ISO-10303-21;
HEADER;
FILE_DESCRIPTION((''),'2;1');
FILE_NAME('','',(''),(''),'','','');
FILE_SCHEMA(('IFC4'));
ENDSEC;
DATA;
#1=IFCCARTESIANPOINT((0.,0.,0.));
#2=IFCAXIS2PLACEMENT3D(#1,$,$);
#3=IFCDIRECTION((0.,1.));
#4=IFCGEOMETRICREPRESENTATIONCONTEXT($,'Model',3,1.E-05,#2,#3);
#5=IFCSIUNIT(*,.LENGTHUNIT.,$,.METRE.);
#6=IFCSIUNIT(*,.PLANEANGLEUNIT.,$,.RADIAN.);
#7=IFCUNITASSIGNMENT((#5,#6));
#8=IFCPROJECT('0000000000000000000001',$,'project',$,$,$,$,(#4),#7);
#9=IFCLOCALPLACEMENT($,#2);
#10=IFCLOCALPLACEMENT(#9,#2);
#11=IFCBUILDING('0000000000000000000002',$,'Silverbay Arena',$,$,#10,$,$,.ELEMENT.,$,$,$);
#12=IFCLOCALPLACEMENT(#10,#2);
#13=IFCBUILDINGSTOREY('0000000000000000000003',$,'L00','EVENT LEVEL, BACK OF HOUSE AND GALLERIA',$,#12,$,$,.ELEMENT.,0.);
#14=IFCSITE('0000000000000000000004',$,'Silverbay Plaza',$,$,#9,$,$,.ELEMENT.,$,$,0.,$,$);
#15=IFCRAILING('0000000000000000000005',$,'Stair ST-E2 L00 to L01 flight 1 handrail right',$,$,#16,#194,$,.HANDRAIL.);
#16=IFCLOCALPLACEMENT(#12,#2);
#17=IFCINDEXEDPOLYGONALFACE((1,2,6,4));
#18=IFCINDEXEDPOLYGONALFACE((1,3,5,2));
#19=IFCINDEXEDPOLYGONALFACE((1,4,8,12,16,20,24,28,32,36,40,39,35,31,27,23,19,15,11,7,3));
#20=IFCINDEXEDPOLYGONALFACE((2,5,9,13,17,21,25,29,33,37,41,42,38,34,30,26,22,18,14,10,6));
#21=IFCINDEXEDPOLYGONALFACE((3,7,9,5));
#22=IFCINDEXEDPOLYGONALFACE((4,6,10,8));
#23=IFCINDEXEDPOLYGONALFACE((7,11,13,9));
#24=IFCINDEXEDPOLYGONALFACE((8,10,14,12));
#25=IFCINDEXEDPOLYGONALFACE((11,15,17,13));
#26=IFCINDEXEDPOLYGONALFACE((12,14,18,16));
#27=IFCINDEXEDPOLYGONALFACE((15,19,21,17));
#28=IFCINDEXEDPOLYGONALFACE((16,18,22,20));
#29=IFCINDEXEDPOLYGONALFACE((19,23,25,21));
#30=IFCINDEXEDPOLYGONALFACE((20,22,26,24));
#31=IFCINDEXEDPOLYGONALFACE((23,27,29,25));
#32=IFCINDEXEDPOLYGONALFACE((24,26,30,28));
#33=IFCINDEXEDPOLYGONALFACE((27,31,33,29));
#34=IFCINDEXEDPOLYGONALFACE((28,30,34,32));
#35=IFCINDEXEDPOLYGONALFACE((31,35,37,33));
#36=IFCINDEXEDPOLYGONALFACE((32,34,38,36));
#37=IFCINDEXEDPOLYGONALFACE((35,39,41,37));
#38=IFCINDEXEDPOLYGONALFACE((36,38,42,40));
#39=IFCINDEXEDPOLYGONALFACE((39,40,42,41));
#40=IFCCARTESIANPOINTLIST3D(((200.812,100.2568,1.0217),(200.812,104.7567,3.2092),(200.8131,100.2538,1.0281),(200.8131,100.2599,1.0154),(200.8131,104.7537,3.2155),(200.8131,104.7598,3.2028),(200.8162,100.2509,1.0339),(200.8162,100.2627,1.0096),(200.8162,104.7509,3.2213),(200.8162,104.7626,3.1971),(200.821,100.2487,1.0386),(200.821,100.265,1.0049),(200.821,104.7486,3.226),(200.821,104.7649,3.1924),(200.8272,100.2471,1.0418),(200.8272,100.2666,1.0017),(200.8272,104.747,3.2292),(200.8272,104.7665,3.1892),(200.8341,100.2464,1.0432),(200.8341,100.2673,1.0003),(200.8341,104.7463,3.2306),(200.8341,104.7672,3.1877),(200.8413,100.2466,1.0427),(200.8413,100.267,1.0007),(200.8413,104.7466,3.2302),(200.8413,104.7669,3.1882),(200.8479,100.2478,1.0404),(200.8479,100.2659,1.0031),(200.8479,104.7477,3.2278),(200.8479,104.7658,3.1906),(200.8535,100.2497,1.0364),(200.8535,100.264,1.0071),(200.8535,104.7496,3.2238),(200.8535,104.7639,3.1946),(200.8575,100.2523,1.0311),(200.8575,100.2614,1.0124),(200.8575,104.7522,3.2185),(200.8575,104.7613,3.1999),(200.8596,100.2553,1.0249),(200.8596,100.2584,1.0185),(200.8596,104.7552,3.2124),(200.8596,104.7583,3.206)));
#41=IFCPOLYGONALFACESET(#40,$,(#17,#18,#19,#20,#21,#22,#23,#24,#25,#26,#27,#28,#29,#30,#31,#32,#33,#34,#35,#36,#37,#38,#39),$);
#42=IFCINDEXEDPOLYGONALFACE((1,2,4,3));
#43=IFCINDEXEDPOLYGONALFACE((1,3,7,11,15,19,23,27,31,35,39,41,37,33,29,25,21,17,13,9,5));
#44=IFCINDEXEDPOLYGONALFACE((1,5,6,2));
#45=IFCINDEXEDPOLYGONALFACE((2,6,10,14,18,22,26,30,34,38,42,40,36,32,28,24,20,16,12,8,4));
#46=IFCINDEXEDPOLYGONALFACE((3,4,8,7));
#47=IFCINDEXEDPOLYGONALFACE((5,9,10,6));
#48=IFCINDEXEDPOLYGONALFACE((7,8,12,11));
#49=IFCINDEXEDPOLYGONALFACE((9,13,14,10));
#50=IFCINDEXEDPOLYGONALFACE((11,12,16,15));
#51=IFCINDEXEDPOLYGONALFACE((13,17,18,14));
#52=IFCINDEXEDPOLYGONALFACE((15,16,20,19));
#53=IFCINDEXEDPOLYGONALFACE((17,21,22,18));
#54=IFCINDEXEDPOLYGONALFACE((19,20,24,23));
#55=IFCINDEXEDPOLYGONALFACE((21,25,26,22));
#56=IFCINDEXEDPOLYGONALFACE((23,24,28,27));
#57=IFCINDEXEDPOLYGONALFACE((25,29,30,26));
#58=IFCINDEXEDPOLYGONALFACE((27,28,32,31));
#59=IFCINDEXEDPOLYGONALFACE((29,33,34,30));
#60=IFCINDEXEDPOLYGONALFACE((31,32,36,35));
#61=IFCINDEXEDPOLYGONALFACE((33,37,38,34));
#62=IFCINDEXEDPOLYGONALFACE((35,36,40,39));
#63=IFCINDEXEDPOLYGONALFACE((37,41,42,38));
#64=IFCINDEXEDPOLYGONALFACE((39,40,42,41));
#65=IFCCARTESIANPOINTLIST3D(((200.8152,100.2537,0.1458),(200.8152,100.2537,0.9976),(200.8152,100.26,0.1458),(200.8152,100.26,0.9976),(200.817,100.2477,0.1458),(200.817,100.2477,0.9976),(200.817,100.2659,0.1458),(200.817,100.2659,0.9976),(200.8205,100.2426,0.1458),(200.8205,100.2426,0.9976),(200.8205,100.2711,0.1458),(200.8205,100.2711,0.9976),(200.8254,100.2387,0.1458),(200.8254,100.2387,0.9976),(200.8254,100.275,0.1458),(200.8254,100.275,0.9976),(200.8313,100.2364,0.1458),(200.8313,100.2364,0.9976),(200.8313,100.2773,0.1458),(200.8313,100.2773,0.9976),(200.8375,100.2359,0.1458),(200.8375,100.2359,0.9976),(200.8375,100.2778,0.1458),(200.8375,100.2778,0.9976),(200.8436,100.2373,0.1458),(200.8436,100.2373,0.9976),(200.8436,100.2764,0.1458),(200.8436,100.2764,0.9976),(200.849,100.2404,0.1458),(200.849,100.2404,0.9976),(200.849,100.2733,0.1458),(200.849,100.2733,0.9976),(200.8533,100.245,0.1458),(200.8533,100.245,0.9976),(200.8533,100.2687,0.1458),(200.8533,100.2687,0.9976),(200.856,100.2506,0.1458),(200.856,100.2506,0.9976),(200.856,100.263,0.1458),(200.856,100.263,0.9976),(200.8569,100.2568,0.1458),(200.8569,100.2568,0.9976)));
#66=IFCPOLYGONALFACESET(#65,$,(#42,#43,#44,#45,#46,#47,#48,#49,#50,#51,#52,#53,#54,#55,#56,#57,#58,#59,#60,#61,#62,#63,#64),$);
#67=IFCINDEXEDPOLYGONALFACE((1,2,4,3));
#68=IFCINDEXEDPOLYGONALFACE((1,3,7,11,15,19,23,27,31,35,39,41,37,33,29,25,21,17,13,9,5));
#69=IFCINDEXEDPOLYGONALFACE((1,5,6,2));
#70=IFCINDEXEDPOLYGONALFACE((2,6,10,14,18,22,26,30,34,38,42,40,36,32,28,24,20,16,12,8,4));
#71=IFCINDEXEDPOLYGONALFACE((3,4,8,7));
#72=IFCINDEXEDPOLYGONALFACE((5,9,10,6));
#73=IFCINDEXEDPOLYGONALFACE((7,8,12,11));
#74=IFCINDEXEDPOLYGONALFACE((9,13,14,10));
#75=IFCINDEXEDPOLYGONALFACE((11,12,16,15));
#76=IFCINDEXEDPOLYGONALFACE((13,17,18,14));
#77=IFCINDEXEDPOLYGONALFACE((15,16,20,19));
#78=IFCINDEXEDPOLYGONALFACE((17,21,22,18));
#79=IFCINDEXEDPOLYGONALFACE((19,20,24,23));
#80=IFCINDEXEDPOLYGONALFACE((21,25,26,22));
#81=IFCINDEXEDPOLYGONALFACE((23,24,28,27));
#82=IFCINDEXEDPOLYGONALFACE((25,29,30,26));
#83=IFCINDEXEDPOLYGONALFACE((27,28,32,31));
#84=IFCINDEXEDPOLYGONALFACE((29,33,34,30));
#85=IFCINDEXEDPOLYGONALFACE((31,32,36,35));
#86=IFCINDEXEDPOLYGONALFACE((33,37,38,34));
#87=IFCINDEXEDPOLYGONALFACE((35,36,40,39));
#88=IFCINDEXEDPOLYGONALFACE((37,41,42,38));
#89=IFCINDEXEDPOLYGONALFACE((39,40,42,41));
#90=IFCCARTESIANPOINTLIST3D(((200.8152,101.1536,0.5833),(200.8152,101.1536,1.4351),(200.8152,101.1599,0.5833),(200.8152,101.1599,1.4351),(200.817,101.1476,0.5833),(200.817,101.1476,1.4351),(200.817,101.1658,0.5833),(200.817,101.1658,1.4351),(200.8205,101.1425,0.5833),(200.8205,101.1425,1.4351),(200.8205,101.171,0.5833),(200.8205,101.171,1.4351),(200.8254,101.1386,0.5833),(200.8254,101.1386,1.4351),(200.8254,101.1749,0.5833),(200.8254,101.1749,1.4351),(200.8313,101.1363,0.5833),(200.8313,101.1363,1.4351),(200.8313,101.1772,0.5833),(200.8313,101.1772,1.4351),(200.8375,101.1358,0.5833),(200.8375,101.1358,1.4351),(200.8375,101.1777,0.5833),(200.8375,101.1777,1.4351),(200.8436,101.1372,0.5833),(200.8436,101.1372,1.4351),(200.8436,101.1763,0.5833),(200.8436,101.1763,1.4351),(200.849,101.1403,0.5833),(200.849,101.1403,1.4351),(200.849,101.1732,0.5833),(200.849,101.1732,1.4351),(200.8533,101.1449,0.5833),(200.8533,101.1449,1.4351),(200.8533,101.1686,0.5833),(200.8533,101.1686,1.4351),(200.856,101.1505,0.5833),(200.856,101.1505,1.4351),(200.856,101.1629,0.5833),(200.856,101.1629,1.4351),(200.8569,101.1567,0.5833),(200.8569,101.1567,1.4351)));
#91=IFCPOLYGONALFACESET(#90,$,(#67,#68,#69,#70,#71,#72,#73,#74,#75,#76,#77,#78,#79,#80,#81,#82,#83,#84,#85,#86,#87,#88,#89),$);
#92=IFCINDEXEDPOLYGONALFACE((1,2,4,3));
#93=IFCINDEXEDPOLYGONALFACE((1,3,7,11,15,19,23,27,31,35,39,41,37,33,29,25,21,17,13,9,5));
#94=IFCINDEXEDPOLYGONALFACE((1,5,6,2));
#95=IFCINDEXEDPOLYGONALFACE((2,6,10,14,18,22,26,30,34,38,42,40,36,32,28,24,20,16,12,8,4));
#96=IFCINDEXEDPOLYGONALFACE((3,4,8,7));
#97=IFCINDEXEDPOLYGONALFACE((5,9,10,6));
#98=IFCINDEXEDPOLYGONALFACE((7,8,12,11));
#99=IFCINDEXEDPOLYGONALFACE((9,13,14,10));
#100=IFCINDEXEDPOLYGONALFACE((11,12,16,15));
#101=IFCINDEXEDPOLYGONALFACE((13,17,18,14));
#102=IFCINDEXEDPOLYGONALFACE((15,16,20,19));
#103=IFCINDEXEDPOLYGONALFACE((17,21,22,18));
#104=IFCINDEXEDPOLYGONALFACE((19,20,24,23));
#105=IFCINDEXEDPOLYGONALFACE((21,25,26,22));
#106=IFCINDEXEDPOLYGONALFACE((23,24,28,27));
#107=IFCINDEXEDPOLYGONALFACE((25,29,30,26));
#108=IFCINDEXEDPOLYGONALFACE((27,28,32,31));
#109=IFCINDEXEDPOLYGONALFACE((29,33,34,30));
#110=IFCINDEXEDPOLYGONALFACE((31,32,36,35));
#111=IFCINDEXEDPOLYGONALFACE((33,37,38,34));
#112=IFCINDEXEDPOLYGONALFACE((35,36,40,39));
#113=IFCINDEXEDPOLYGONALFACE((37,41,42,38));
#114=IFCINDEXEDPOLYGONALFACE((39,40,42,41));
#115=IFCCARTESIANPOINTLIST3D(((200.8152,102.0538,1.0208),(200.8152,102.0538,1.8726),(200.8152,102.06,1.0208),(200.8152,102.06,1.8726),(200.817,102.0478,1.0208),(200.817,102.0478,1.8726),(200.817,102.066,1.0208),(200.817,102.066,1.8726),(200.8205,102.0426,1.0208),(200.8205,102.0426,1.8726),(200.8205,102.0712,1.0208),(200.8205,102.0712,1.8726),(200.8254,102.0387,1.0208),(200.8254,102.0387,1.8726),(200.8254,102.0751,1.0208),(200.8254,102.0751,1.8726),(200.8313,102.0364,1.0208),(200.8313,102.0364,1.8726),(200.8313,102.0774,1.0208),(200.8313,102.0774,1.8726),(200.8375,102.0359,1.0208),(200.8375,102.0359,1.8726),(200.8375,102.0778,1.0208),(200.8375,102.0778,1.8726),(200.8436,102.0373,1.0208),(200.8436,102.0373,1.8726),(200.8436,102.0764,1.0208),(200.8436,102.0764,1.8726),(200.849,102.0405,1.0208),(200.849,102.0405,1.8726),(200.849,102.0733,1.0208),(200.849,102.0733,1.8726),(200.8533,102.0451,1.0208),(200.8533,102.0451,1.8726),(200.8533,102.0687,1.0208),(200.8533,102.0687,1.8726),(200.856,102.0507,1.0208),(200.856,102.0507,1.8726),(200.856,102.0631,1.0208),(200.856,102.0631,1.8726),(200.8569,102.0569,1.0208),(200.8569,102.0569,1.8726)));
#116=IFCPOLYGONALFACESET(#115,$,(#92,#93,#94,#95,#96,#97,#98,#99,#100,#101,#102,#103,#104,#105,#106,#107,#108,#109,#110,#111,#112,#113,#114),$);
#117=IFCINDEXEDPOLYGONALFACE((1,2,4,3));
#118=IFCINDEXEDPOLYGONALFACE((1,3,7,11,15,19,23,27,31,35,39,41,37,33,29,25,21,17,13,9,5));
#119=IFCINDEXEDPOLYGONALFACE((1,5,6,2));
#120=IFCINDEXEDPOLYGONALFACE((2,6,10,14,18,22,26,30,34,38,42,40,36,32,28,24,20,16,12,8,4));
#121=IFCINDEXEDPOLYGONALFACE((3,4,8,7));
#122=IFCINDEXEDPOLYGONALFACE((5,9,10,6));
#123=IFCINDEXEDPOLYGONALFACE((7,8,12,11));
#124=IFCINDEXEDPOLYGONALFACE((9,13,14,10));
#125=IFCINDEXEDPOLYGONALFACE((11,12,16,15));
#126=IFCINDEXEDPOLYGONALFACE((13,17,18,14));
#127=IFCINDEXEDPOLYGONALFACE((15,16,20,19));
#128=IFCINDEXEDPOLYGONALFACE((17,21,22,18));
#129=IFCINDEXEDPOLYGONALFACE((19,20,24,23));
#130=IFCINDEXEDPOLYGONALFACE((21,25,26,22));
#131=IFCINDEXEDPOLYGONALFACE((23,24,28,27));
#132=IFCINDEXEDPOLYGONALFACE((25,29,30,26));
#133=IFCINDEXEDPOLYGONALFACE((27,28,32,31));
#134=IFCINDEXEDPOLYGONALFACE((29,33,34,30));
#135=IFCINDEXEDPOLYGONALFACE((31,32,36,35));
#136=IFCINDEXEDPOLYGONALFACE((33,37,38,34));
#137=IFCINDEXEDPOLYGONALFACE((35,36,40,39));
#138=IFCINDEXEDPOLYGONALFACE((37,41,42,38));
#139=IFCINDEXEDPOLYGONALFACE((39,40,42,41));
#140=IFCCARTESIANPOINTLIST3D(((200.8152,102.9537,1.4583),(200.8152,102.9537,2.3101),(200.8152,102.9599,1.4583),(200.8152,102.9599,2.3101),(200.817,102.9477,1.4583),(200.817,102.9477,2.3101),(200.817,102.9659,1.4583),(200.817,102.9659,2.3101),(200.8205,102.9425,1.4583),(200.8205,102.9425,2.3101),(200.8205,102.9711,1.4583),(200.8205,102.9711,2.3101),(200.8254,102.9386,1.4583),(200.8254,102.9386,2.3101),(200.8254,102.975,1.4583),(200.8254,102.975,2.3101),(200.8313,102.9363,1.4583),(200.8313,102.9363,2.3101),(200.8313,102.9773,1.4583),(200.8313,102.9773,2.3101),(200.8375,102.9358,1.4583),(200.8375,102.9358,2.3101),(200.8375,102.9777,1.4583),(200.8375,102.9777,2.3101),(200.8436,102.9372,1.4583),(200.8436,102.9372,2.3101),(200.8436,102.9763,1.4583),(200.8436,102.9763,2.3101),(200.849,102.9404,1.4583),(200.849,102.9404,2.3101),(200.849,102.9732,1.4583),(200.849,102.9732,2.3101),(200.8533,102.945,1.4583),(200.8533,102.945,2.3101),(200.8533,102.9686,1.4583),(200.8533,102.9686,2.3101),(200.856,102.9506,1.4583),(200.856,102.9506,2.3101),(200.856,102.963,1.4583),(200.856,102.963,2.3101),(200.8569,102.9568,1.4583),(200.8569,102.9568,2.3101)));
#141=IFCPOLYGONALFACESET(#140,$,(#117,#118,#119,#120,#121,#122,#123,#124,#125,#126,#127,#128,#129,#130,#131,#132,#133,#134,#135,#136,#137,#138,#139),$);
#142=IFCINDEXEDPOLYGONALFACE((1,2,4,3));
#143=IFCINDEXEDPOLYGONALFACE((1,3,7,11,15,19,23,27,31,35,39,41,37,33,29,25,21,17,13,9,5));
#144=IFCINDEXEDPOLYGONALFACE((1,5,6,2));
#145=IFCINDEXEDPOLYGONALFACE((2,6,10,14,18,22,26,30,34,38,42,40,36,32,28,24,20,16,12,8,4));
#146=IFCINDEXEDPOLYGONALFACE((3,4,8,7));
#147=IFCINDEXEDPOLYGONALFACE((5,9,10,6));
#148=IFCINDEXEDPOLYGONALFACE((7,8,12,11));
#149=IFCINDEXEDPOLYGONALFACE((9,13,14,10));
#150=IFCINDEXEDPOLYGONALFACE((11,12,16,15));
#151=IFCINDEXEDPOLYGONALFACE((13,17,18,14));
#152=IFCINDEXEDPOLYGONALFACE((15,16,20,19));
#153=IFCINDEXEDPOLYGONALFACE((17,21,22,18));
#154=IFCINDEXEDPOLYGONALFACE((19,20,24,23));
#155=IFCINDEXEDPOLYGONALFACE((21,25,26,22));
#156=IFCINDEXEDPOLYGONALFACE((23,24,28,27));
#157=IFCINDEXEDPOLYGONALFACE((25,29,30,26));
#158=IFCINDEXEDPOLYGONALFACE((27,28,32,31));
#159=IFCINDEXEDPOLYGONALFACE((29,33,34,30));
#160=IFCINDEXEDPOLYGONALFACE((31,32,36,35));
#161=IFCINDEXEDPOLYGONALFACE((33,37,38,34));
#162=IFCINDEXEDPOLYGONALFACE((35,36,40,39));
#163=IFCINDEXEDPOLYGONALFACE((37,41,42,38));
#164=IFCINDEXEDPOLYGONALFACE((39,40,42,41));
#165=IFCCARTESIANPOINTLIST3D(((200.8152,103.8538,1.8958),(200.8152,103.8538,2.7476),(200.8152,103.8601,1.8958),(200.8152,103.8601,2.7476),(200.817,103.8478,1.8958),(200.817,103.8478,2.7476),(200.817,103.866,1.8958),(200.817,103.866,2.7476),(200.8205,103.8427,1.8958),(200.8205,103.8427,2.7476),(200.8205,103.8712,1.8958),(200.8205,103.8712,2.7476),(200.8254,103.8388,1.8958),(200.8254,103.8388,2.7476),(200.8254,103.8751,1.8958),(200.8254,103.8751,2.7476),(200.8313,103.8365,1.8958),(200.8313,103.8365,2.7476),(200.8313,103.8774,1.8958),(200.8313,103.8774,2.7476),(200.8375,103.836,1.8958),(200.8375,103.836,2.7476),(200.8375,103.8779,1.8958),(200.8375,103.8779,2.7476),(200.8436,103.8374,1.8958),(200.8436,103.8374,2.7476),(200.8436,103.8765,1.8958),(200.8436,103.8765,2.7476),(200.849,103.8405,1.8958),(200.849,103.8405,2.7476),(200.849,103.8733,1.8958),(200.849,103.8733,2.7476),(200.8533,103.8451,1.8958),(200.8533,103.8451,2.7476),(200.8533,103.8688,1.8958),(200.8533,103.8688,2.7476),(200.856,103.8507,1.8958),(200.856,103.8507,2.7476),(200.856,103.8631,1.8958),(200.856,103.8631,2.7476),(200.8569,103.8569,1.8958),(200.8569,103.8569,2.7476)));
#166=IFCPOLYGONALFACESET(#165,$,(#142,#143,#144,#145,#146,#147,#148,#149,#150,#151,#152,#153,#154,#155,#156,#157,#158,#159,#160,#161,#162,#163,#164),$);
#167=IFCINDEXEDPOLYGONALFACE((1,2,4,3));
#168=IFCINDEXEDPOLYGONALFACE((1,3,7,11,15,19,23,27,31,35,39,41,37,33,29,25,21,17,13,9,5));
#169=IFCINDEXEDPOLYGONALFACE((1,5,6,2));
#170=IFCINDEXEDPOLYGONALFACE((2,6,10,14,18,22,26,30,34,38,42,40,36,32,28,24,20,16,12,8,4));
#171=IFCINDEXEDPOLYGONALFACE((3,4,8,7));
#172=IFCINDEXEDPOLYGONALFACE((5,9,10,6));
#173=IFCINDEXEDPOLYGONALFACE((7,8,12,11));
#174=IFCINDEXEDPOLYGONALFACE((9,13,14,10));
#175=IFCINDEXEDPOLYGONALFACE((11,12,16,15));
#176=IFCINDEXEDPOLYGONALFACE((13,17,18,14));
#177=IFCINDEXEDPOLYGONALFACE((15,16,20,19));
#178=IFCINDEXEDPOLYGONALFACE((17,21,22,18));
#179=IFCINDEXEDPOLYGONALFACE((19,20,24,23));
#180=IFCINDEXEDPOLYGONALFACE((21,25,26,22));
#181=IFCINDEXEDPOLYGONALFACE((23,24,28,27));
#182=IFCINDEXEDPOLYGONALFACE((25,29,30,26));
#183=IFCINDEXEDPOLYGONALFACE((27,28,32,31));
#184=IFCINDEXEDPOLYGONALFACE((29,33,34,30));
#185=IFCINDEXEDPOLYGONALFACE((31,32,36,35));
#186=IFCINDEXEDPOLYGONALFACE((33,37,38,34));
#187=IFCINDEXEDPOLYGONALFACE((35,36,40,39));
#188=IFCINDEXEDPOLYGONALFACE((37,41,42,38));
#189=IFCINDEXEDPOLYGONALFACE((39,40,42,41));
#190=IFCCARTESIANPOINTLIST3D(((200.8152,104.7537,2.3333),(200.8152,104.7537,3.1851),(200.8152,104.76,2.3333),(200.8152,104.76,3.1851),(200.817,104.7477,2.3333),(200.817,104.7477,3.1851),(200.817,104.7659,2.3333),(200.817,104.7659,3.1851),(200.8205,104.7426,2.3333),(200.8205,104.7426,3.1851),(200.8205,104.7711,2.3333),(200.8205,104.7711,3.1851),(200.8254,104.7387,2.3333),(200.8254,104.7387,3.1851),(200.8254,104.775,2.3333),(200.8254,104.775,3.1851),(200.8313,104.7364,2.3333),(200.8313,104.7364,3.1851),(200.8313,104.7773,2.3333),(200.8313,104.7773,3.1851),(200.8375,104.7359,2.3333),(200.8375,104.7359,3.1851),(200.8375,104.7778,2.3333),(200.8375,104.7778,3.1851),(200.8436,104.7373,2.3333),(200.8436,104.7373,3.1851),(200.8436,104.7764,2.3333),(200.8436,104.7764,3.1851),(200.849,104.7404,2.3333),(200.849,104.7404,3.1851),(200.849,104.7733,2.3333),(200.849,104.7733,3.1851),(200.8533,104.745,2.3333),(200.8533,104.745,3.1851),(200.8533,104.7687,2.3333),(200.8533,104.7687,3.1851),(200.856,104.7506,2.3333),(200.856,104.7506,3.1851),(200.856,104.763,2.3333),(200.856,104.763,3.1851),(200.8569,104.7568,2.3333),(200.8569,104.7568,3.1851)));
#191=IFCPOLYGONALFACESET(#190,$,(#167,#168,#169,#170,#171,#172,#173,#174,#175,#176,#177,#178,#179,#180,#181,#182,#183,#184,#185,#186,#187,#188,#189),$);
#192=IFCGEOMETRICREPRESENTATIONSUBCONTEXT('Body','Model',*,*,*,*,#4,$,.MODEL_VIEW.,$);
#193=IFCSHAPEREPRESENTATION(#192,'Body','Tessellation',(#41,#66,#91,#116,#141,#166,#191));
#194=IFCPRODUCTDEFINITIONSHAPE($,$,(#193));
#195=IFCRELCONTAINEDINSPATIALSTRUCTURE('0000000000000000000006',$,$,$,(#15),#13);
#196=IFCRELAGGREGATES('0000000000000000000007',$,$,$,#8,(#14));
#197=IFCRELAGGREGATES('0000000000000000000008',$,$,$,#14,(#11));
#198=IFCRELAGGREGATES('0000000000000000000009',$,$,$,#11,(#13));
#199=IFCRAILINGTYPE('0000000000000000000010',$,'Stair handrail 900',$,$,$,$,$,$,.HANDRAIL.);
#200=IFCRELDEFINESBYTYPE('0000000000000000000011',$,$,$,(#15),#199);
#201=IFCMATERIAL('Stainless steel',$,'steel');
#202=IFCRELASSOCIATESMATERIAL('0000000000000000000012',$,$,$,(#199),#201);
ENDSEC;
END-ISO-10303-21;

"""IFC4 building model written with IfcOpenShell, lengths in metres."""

from ifc_helpers import new_model, si_unit, direction, frame, origin, origin_2d, place, context, subcontext, project, spatial, circle, extrude, material, type_object, element, save


model = new_model("IFC4")

# Units and contexts
model_context = context("Model", 3, precision=1e-05, world=origin(), true_north=direction((0.0, 1.0)))
body_context = subcontext(model_context, "Body", "Model", "MODEL_VIEW")
ifc_project = project(units=[si_unit("LENGTHUNIT", "METRE"), si_unit("PLANEANGLEUNIT", "RADIAN")], contexts=[model_context])

# Site, building, storey
site_placement = place(None, origin())
site = spatial("IfcSite", under=ifc_project, at=site_placement, Name="Silverbay Plaza", CompositionType="ELEMENT", RefElevation=0.0)
building_placement = place(site_placement, origin())
building = spatial("IfcBuilding", under=site, at=building_placement, Name="Silverbay Arena", CompositionType="ELEMENT")
storey_placement = place(building_placement, origin())
storey = spatial("IfcBuildingStorey", under=building, at=storey_placement, Name="L00", Description="EVENT LEVEL, BACK OF HOUSE AND GALLERIA", CompositionType="ELEMENT", Elevation=0.0)

# Railing
ifc_material_1 = material(Name="Stainless steel", Category="steel")
railing_type = type_object("IfcRailingType", Name="Stair handrail 900", PredefinedType="HANDRAIL", material=ifc_material_1)
for number, where, name in (
    (1, (200.8359, 100.2568, 0.1458), "Stair ST-E2 L00 to L01 flight 1 handrail right"),
):
    element("IfcRailing", number, at=place(storey_placement, frame(where)), inside=storey, type_object=railing_type, Name=name, PredefinedType="HANDRAIL", context=body_context, shape_type="SweptSolid", body=[
        extrude(circle(Radius=0.0239, at=origin_2d()), frame((0.0, 0.0, 0.876), z_axis=(0.0, 0.899368, 0.437193), x_axis=(-1.0, 0.0, 0.0)), (0.0, 0.0, 1.0), 5.0034),
        extrude(circle(Radius=0.021, at=origin_2d()), origin(), (0.0, 0.0, 1.0), 0.8518),
        extrude(circle(Radius=0.021, at=origin_2d()), frame((0.0, 0.8999, 0.4375)), (0.0, 0.0, 1.0), 0.8518),
        extrude(circle(Radius=0.021, at=origin_2d()), frame((0.0, 1.8, 0.875)), (0.0, 0.0, 1.0), 0.8518),
        extrude(circle(Radius=0.021, at=origin_2d()), frame((0.0, 2.7, 1.3125)), (0.0, 0.0, 1.0), 0.8518),
        extrude(circle(Radius=0.021, at=origin_2d()), frame((0.0, 3.6001, 1.75)), (0.0, 0.0, 1.0), 0.8518),
        extrude(circle(Radius=0.021, at=origin_2d()), frame((0.0, 4.5, 2.1875)), (0.0, 0.0, 1.0), 0.8518),
    ])

save(model, "model.ifc")
